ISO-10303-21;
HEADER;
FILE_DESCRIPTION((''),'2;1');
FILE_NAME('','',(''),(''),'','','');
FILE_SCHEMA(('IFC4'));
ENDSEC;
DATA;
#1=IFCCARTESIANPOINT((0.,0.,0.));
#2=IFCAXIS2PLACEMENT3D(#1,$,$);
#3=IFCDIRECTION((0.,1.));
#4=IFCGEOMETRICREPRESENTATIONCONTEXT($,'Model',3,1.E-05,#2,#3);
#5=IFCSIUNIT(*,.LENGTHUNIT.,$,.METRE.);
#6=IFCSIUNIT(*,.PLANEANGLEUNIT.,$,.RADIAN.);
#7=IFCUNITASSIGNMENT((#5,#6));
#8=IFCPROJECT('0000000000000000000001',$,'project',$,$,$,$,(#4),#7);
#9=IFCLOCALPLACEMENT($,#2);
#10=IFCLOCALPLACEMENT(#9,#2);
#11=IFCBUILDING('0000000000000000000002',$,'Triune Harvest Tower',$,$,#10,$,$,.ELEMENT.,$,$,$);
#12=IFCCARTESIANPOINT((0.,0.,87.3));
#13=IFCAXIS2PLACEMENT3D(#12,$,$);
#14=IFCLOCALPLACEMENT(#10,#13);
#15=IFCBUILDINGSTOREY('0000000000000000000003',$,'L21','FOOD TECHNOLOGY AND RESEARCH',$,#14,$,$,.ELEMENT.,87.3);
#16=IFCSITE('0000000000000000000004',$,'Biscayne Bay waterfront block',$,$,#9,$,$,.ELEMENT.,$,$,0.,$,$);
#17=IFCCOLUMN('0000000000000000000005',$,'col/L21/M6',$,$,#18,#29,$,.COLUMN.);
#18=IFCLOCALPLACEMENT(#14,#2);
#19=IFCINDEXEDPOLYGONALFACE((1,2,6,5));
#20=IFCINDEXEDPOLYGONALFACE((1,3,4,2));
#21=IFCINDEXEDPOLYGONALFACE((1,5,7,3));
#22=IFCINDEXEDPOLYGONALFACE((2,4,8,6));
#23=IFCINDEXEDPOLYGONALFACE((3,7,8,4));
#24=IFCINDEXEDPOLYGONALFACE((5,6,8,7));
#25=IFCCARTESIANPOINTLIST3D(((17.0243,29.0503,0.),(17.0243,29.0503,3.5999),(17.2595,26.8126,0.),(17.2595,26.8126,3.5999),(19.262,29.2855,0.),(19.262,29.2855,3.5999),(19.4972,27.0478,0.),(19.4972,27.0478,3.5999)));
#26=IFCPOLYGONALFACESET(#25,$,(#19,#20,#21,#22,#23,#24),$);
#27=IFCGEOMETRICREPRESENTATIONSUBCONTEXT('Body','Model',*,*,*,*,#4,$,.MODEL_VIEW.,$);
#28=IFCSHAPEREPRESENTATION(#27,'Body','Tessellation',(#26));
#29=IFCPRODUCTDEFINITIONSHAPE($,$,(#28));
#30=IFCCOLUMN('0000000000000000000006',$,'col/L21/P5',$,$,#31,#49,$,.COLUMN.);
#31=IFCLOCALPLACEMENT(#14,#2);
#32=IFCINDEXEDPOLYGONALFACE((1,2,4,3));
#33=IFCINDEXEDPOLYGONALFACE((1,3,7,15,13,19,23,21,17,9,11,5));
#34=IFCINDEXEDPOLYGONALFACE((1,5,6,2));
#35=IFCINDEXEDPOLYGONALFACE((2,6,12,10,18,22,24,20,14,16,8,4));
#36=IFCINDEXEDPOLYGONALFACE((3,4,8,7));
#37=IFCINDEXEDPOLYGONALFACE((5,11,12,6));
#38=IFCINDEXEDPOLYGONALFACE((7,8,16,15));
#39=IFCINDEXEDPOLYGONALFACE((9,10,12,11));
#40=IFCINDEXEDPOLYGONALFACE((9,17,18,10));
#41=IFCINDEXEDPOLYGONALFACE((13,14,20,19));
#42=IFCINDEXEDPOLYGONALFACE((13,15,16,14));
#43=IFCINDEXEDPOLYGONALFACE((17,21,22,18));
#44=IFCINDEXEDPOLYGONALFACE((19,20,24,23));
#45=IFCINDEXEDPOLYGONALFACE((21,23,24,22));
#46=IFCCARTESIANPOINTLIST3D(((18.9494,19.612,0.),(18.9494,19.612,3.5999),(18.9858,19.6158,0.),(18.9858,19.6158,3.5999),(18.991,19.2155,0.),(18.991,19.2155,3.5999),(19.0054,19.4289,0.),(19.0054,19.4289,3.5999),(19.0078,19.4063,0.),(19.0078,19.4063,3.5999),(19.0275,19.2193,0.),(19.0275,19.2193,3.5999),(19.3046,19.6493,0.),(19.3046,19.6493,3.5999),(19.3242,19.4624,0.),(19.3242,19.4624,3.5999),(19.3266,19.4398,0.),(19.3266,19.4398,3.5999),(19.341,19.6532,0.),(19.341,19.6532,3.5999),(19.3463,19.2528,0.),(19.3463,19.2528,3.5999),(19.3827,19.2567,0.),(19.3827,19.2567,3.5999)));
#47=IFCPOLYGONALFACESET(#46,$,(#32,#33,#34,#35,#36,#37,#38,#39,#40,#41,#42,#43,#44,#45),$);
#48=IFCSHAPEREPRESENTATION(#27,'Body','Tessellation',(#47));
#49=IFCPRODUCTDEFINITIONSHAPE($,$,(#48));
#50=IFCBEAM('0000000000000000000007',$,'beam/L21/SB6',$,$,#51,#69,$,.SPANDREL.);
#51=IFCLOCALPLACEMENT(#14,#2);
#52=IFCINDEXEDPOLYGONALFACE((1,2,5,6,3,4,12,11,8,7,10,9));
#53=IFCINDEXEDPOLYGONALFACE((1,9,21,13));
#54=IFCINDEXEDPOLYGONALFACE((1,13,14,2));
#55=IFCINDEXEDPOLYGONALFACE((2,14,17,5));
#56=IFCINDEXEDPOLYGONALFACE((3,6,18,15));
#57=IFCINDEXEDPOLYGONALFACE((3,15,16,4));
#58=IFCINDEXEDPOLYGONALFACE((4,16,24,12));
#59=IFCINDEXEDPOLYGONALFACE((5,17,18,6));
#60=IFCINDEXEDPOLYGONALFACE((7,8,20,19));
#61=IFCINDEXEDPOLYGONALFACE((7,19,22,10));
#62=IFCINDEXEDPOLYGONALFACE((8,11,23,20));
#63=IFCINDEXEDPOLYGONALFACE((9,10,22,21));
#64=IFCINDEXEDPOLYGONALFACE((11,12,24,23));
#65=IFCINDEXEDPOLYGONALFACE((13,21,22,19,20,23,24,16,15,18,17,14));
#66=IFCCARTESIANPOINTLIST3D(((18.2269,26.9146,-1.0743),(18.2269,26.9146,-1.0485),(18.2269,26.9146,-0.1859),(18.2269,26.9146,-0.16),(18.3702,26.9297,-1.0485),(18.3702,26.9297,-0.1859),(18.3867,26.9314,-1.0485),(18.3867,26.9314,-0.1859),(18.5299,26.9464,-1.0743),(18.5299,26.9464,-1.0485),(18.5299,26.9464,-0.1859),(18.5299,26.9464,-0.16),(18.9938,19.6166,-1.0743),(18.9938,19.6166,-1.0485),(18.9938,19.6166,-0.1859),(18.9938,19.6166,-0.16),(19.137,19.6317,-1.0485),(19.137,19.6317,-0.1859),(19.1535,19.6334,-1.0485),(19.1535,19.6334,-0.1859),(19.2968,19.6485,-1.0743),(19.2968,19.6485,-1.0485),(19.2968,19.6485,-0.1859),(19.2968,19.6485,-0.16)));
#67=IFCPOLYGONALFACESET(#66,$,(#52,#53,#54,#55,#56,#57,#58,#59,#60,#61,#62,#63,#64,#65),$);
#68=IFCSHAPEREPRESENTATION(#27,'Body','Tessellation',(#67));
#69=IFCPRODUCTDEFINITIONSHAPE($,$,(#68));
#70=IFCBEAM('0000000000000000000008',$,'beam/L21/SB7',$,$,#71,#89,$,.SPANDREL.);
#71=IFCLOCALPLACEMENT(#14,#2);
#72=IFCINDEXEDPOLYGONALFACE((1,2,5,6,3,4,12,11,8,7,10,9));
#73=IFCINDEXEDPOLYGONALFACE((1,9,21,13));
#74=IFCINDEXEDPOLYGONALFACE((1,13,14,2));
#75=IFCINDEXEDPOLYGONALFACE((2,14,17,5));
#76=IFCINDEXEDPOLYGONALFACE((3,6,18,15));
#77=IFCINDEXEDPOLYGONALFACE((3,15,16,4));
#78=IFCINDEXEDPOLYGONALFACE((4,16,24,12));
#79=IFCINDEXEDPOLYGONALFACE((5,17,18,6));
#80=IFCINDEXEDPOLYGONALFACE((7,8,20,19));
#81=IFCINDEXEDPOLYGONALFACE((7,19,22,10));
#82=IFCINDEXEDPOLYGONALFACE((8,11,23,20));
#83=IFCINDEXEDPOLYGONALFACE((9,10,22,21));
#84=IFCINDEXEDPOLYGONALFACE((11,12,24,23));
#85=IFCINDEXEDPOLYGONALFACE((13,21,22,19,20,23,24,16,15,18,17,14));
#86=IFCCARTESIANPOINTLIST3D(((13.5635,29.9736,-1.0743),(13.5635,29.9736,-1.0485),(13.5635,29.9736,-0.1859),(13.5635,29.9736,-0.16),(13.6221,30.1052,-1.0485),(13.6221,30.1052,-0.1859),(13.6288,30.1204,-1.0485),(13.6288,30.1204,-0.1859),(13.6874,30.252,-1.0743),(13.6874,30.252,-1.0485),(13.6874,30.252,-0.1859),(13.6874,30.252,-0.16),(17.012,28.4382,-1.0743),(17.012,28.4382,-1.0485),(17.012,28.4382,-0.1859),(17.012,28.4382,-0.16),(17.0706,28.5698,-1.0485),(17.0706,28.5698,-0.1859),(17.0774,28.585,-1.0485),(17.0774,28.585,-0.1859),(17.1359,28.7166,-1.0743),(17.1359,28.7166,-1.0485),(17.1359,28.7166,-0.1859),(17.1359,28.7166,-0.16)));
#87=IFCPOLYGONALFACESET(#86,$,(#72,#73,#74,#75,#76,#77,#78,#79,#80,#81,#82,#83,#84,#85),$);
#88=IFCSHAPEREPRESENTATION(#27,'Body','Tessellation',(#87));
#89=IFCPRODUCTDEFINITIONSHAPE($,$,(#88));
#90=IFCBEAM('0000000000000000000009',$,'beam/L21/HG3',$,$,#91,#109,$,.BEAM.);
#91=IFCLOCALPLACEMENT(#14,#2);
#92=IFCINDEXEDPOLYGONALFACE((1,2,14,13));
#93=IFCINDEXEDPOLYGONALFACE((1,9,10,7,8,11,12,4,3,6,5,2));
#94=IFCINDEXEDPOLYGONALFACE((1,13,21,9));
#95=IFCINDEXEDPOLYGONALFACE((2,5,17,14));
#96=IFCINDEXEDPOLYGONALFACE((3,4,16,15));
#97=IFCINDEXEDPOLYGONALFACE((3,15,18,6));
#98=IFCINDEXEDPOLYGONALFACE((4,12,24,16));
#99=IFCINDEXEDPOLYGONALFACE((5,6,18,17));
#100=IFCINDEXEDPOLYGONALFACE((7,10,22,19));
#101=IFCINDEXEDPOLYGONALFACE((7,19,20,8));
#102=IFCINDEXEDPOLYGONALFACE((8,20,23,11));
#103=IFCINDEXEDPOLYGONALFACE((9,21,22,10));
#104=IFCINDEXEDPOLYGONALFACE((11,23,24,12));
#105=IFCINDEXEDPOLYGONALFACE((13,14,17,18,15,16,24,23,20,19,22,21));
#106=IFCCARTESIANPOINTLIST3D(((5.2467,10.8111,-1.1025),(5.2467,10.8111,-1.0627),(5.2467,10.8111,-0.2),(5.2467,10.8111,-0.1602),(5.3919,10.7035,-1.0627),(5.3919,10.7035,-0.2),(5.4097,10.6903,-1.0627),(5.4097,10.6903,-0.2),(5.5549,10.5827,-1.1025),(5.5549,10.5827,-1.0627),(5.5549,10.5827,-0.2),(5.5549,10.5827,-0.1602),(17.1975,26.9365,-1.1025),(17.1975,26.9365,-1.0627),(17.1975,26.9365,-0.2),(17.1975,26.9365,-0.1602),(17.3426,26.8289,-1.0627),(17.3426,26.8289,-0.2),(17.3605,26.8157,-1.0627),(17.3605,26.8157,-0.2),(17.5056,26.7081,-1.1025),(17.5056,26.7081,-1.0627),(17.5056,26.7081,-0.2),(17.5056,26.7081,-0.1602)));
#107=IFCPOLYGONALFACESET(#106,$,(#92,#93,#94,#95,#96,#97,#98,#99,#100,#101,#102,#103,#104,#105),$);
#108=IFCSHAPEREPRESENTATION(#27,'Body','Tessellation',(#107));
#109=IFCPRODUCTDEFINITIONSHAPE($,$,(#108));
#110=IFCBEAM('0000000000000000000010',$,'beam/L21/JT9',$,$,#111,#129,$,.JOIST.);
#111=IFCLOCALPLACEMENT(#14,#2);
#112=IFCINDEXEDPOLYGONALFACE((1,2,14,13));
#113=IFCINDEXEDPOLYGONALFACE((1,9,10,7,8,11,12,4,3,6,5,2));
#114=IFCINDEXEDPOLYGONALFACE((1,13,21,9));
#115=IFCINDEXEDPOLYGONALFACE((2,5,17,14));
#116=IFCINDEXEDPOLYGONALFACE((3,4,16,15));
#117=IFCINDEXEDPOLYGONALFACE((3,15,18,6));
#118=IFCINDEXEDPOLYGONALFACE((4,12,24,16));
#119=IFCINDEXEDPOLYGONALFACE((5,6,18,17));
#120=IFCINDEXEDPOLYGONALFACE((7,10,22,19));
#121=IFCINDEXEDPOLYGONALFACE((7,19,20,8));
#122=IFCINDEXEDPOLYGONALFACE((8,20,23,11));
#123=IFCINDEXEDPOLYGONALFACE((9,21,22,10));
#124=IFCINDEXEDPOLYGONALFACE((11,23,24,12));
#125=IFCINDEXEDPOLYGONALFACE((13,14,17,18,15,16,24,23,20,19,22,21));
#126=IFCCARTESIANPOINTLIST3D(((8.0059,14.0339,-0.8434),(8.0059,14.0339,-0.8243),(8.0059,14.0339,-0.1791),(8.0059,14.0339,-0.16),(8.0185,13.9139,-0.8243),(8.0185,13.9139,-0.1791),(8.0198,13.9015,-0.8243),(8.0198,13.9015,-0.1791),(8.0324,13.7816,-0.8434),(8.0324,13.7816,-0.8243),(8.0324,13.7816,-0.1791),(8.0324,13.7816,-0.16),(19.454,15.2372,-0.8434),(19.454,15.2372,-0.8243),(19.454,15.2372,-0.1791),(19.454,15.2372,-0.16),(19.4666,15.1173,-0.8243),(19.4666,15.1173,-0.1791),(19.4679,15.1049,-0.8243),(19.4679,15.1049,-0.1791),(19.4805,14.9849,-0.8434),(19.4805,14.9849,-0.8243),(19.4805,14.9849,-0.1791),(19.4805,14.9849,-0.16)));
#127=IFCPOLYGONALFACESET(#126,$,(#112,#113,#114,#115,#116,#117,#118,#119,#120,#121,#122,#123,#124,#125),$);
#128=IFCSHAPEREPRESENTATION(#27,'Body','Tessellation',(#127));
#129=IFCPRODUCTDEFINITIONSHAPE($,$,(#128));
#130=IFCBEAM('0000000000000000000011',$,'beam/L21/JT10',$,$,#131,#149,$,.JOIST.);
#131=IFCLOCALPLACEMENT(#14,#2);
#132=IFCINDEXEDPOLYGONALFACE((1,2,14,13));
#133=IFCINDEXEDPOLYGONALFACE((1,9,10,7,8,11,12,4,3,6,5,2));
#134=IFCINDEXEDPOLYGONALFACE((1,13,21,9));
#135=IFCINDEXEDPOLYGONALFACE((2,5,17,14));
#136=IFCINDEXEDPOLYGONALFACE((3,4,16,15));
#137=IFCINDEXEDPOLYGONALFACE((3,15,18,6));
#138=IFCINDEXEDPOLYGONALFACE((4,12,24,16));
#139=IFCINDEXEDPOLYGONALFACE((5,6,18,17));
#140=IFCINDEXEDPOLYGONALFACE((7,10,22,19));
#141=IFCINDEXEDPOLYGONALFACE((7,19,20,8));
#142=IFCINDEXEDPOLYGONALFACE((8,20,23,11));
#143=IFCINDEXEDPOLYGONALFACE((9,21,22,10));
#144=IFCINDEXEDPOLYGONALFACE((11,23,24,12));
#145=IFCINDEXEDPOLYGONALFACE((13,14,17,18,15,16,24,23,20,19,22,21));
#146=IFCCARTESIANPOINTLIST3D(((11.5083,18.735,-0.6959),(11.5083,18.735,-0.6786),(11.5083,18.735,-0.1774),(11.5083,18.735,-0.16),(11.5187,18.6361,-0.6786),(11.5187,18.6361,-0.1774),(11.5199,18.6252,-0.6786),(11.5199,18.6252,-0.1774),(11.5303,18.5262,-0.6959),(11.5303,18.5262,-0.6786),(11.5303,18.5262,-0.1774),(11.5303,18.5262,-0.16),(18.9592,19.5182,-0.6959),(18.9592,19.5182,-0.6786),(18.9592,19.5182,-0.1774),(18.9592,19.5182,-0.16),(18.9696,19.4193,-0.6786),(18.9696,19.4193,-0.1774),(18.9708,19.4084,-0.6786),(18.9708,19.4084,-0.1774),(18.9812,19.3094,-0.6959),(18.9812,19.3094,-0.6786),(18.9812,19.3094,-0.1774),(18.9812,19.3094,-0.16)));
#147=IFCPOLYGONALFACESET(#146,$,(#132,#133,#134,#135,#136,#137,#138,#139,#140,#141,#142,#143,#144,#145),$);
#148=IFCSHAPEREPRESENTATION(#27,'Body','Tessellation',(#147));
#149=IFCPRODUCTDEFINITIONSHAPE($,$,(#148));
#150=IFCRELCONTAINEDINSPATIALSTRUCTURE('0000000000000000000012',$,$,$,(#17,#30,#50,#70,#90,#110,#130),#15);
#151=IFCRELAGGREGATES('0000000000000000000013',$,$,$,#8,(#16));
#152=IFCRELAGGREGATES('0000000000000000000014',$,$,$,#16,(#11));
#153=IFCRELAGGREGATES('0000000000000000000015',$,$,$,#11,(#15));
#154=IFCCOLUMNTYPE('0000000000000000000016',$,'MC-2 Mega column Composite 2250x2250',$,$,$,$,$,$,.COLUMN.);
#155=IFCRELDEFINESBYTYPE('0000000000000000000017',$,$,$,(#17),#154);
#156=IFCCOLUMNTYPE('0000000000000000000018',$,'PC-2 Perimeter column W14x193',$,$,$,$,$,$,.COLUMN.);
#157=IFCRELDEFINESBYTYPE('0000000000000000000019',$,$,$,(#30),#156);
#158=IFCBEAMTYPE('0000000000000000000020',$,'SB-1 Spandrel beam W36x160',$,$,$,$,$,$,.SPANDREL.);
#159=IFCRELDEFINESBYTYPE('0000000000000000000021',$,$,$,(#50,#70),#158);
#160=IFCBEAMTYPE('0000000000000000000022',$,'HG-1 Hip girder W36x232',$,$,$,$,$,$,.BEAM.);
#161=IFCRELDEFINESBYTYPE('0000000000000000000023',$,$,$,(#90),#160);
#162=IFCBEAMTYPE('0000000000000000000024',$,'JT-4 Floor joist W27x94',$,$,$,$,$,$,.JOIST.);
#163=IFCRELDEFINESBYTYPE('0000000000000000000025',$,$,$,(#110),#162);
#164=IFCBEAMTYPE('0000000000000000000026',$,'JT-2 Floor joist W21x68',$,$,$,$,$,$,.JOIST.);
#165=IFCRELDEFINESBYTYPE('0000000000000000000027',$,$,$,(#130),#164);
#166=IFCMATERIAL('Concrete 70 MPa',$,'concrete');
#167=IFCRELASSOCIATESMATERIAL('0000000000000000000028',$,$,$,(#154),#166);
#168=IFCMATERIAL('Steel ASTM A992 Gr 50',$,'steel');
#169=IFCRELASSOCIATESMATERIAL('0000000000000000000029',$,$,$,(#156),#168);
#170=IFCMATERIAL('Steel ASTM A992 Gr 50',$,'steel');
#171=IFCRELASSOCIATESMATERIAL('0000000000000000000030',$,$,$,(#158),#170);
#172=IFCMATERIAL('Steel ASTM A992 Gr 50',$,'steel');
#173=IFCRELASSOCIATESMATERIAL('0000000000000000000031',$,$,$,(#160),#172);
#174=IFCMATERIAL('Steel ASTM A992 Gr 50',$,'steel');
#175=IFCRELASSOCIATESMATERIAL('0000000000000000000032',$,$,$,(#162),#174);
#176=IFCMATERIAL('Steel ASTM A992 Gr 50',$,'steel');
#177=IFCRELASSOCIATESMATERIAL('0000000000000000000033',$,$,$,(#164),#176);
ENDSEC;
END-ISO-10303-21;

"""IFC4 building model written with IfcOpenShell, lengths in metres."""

from ifc_helpers import new_model, si_unit, direction, frame, origin, origin_2d, place, context, subcontext, project, spatial, rectangle, i_section, extrude, source, transform, mapped, material, material_profile, profile_set, type_object, element, save


model = new_model("IFC4")

# Units and contexts
model_context = context("Model", 3, precision=1e-05, world=origin(), true_north=direction((0.0, 1.0)))
body_context = subcontext(model_context, "Body", "Model", "MODEL_VIEW")
ifc_project = project(units=[si_unit("LENGTHUNIT", "METRE"), si_unit("PLANEANGLEUNIT", "RADIAN")], contexts=[model_context])

# Site, building, storey
site_placement = place(None, origin())
site = spatial("IfcSite", under=ifc_project, at=site_placement, Name="Biscayne Bay waterfront block", CompositionType="ELEMENT", RefElevation=0.0)
building_placement = place(site_placement, origin())
building = spatial("IfcBuilding", under=site, at=building_placement, Name="Triune Harvest Tower", CompositionType="ELEMENT")
storey_placement = place(building_placement, frame((0.0, 0.0, 87.3)))
storey = spatial("IfcBuildingStorey", under=building, at=storey_placement, Name="L21", Description="FOOD TECHNOLOGY AND RESEARCH", CompositionType="ELEMENT", Elevation=87.3)

# Columns
ifc_material_1 = material(Name="Concrete 70 MPa", Category="concrete")
ifc_material_profile_1 = material_profile(ifc_material_1, rectangle(XDim=2.25, YDim=2.25, at=origin_2d()), Name="Composite 2250x2250")
ifc_profile_set_1 = profile_set([ifc_material_profile_1], Name="Concrete 70 MPa")
column_type_1 = type_object("IfcColumnType", Name="MC-2 Mega column Composite 2250x2250", PredefinedType="COLUMN", material=ifc_profile_set_1)
shared_shape_1 = source(origin(), body_context, "Body", "SweptSolid", [
    extrude(rectangle(XDim=2.25, YDim=2.25, at=origin_2d()), origin(), (0.0, 0.0, 1.0), 3.5999),
])
column_1_placement = place(storey_placement, frame((18.2607, 28.0491, 0.0), z_axis=(0.0, 0.0, 1.0), x_axis=(-0.104527, 0.994522, 0.0)))
element("IfcColumn", 1, at=column_1_placement, inside=storey, type_object=column_type_1, Name="col/L21/M6", PredefinedType="COLUMN", context=body_context, shape_type="MappedRepresentation", body=[
    mapped(shared_shape_1, transform((0.0, 0.0, 0.0), scale=1.0)),
])
ifc_material_2 = material(Name="Steel ASTM A992 Gr 50", Category="steel")
ifc_material_profile_2 = material_profile(ifc_material_2, i_section(OverallWidth=0.3987, OverallDepth=0.3938, WebThickness=0.0227, FlangeThickness=0.0366, at=origin_2d()), Name="W14x193")
ifc_profile_set_2 = profile_set([ifc_material_profile_2], Name="Steel ASTM A992 Gr 50")
column_type_2 = type_object("IfcColumnType", Name="PC-2 Perimeter column W14x193", PredefinedType="COLUMN", material=ifc_profile_set_2)
shared_shape_2 = source(origin(), body_context, "Body", "SweptSolid", [
    extrude(i_section(OverallWidth=0.3987, OverallDepth=0.3938, WebThickness=0.0227, FlangeThickness=0.0366, at=origin_2d()), origin(), (0.0, 0.0, 1.0), 3.5999),
])
column_2_placement = place(storey_placement, frame((19.166, 19.4343, 0.0), z_axis=(0.0, 0.0, 1.0), x_axis=(-0.104527, 0.994522, 0.0)))
element("IfcColumn", 2, at=column_2_placement, inside=storey, type_object=column_type_2, Name="col/L21/P5", PredefinedType="COLUMN", context=body_context, shape_type="MappedRepresentation", body=[
    mapped(shared_shape_2, transform((0.0, 0.0, 0.0), scale=1.0)),
])

# Beams
ifc_material_3 = material(Name="Steel ASTM A992 Gr 50", Category="steel")
ifc_material_profile_3 = material_profile(ifc_material_3, i_section(OverallWidth=0.3047, OverallDepth=0.9143, WebThickness=0.0166, FlangeThickness=0.0259, at=origin_2d()), Name="W36x160")
ifc_profile_set_3 = profile_set([ifc_material_profile_3], Name="Steel ASTM A992 Gr 50")
beam_type_1 = type_object("IfcBeamType", Name="SB-1 Spandrel beam W36x160", PredefinedType="SPANDREL", material=ifc_profile_set_3)
shared_shape_3 = source(origin(), body_context, "Body", "SweptSolid", [
    extrude(i_section(OverallWidth=0.3047, OverallDepth=0.9143, WebThickness=0.0166, FlangeThickness=0.0259, at=origin_2d()), origin(), (0.0, 0.0, 1.0), 7.3381),
])
beam_1_placement = place(storey_placement, frame((19.1453, 19.6326, -0.6172), z_axis=(-0.104503, 0.994525, 0.0), x_axis=(-0.994525, -0.104503, 0.0)))
element("IfcBeam", 3, at=beam_1_placement, inside=storey, type_object=beam_type_1, Name="beam/L21/SB6", PredefinedType="SPANDREL", context=body_context, shape_type="MappedRepresentation", body=[
    mapped(shared_shape_3, transform((0.0, 0.0, 0.0), scale=1.0)),
])
shared_shape_4 = source(origin(), body_context, "Body", "SweptSolid", [
    extrude(i_section(OverallWidth=0.3047, OverallDepth=0.9143, WebThickness=0.0166, FlangeThickness=0.0259, at=origin_2d()), origin(), (0.0, 0.0, 1.0), 3.7749),
])
beam_2_placement = place(storey_placement, frame((17.074, 28.5774, -0.6172), z_axis=(-0.913542, 0.406744, 0.0), x_axis=(-0.406744, -0.913542, 0.0)))
element("IfcBeam", 4, at=beam_2_placement, inside=storey, type_object=beam_type_1, Name="beam/L21/SB7", PredefinedType="SPANDREL", context=body_context, shape_type="MappedRepresentation", body=[
    mapped(shared_shape_4, transform((0.0, 0.0, 0.0), scale=1.0)),
])
ifc_material_4 = material(Name="Steel ASTM A992 Gr 50", Category="steel")
ifc_material_profile_4 = material_profile(ifc_material_4, i_section(OverallWidth=0.3835, OverallDepth=0.9424, WebThickness=0.0222, FlangeThickness=0.0398, at=origin_2d()), Name="W36x232")
ifc_profile_set_4 = profile_set([ifc_material_profile_4], Name="Steel ASTM A992 Gr 50")
beam_type_2 = type_object("IfcBeamType", Name="HG-1 Hip girder W36x232", PredefinedType="BEAM", material=ifc_profile_set_4)
shared_shape_5 = source(origin(), body_context, "Body", "SweptSolid", [
    extrude(i_section(OverallWidth=0.3835, OverallDepth=0.9424, WebThickness=0.0222, FlangeThickness=0.0398, at=origin_2d()), origin(), (0.0, 0.0, 1.0), 20.071),
])
beam_3_placement = place(storey_placement, frame((17.3516, 26.8223, -0.6313), z_axis=(-0.595422, -0.803413, 0.0), x_axis=(0.803413, -0.595422, 0.0)))
element("IfcBeam", 5, at=beam_3_placement, inside=storey, type_object=beam_type_2, Name="beam/L21/HG3", PredefinedType="BEAM", context=body_context, shape_type="MappedRepresentation", body=[
    mapped(shared_shape_5, transform((0.0, 0.0, 0.0), scale=1.0)),
])
ifc_material_5 = material(Name="Steel ASTM A992 Gr 50", Category="steel")
ifc_material_profile_5 = material_profile(ifc_material_5, i_section(OverallWidth=0.2537, OverallDepth=0.6833, WebThickness=0.0125, FlangeThickness=0.019, at=origin_2d()), Name="W27x94")
ifc_profile_set_5 = profile_set([ifc_material_profile_5], Name="Steel ASTM A992 Gr 50")
beam_type_3 = type_object("IfcBeamType", Name="JT-4 Floor joist W27x94", PredefinedType="JOIST", material=ifc_profile_set_5)
shared_shape_6 = source(origin(), body_context, "Body", "SweptSolid", [
    extrude(i_section(OverallWidth=0.2537, OverallDepth=0.6833, WebThickness=0.0125, FlangeThickness=0.019, at=origin_2d()), origin(), (0.0, 0.0, 1.0), 11.5112),
])
beam_4_placement = place(storey_placement, frame((19.4673, 15.1111, -0.5017), z_axis=(-0.994521, -0.104538, 0.0), x_axis=(0.104538, -0.994521, 0.0)))
element("IfcBeam", 6, at=beam_4_placement, inside=storey, type_object=beam_type_3, Name="beam/L21/JT9", PredefinedType="JOIST", context=body_context, shape_type="MappedRepresentation", body=[
    mapped(shared_shape_6, transform((0.0, 0.0, 0.0), scale=1.0)),
])
ifc_material_6 = material(Name="Steel ASTM A992 Gr 50", Category="steel")
ifc_material_profile_6 = material_profile(ifc_material_6, i_section(OverallWidth=0.21, OverallDepth=0.5359, WebThickness=0.011, FlangeThickness=0.0173, at=origin_2d()), Name="W21x68")
ifc_profile_set_6 = profile_set([ifc_material_profile_6], Name="Steel ASTM A992 Gr 50")
beam_type_4 = type_object("IfcBeamType", Name="JT-2 Floor joist W21x68", PredefinedType="JOIST", material=ifc_profile_set_6)
shared_shape_7 = source(origin(), body_context, "Body", "SweptSolid", [
    extrude(i_section(OverallWidth=0.21, OverallDepth=0.5359, WebThickness=0.011, FlangeThickness=0.0173, at=origin_2d()), origin(), (0.0, 0.0, 1.0), 7.4919),
])
beam_5_placement = place(storey_placement, frame((18.9702, 19.4138, -0.428), z_axis=(-0.994521, -0.104539, 0.0), x_axis=(0.104539, -0.994521, 0.0)))
element("IfcBeam", 7, at=beam_5_placement, inside=storey, type_object=beam_type_4, Name="beam/L21/JT10", PredefinedType="JOIST", context=body_context, shape_type="MappedRepresentation", body=[
    mapped(shared_shape_7, transform((0.0, 0.0, 0.0), scale=1.0)),
])

save(model, "model.ifc")
